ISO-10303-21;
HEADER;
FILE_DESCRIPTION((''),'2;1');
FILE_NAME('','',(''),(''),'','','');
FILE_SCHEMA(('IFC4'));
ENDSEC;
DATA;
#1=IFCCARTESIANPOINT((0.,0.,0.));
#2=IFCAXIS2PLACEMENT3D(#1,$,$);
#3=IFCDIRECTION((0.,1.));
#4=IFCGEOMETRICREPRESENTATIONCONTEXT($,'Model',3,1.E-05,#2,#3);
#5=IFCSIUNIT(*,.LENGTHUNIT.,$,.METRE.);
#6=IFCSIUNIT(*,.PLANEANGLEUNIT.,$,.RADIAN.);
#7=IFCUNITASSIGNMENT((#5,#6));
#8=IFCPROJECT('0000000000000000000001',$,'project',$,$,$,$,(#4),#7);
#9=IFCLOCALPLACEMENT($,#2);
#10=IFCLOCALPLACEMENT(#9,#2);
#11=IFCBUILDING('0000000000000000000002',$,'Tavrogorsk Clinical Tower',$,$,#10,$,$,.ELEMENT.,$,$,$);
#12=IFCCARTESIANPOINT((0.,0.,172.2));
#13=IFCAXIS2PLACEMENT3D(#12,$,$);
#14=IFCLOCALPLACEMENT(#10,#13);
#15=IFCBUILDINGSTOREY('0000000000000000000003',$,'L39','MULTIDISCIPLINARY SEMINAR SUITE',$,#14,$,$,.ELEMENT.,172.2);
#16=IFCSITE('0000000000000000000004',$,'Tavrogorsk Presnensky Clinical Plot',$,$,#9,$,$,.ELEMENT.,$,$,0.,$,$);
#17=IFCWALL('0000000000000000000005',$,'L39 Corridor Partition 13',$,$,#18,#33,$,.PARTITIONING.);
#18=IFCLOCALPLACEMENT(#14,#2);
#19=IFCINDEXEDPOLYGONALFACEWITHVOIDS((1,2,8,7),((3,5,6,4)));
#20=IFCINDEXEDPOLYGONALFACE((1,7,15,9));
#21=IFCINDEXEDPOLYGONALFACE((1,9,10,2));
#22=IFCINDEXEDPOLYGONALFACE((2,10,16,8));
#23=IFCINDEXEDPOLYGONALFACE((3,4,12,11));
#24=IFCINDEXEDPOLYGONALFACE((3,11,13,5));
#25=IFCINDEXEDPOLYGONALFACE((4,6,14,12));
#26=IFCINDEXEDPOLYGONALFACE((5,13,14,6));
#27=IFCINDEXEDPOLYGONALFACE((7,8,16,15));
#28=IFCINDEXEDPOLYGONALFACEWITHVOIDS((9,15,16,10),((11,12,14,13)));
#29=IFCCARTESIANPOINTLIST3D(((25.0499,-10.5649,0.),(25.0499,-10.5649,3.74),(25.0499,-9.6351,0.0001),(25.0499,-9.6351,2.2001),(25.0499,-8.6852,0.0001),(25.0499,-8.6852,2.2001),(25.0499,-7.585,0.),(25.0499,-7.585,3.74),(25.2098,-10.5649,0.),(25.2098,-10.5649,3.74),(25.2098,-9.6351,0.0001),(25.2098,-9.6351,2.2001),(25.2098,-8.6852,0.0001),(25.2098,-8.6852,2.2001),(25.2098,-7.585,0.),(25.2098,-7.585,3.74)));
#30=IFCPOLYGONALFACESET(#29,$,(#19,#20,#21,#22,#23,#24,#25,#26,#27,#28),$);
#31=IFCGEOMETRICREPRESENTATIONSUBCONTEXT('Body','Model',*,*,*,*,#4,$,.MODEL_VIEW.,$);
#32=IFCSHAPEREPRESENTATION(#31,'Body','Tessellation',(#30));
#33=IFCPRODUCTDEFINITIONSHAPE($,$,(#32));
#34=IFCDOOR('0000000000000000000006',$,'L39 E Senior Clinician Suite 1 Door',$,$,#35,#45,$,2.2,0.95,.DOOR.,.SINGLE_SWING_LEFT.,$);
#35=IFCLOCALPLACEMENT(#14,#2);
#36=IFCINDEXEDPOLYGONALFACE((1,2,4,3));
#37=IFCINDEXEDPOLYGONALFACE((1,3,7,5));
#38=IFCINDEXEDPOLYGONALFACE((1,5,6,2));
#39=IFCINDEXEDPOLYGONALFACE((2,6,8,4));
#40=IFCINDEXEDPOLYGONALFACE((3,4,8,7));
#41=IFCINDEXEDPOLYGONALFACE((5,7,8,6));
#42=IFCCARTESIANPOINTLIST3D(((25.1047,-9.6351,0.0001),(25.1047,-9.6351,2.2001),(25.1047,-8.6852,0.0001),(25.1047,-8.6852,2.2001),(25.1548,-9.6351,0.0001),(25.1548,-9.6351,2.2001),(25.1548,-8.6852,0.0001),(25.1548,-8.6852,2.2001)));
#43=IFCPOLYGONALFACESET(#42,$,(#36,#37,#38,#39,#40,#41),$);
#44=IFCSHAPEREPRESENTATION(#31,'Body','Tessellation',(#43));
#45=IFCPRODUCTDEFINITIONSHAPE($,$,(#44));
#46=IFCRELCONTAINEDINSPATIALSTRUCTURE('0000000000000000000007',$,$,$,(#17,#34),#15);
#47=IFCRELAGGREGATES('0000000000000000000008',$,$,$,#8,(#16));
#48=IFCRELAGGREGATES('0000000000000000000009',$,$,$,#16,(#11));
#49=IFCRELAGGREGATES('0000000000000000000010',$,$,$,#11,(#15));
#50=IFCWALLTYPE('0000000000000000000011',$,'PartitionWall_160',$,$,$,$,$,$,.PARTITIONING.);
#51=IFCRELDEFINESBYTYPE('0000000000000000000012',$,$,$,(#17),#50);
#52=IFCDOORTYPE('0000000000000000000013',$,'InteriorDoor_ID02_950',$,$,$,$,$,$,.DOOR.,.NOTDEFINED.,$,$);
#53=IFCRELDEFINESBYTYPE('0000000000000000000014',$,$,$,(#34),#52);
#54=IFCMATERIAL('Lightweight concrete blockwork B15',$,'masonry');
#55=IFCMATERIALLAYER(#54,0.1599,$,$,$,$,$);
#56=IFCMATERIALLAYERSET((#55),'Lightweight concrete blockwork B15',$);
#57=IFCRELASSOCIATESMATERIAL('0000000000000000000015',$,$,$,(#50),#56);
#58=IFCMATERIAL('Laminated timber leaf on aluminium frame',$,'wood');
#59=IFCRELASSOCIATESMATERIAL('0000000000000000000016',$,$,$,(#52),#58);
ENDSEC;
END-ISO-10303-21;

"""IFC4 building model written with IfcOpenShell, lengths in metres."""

from ifc_helpers import new_model, si_unit, direction, frame, frame_2d, origin, place, context, subcontext, project, spatial, rectangle, extrude, material, layer, layer_set, type_object, element, fill, save


model = new_model("IFC4")

# Units and contexts
model_context = context("Model", 3, precision=1e-05, world=origin(), true_north=direction((0.0, 1.0)))
body_context = subcontext(model_context, "Body", "Model", "MODEL_VIEW")
ifc_project = project(units=[si_unit("LENGTHUNIT", "METRE"), si_unit("PLANEANGLEUNIT", "RADIAN")], contexts=[model_context])

# Site, building, storey
site_placement = place(None, origin())
site = spatial("IfcSite", under=ifc_project, at=site_placement, Name="Tavrogorsk Presnensky Clinical Plot", CompositionType="ELEMENT", RefElevation=0.0)
building_placement = place(site_placement, origin())
building = spatial("IfcBuilding", under=site, at=building_placement, Name="Tavrogorsk Clinical Tower", CompositionType="ELEMENT")
storey_placement = place(building_placement, frame((0.0, 0.0, 172.2)))
storey = spatial("IfcBuildingStorey", under=building, at=storey_placement, Name="L39", Description="MULTIDISCIPLINARY SEMINAR SUITE", CompositionType="ELEMENT", Elevation=172.2)

# Wall, opening, door
ifc_material_1 = material(Name="Lightweight concrete blockwork B15", Category="masonry")
ifc_layer = layer(ifc_material_1, 0.1599)
ifc_layer_set = layer_set([ifc_layer], Name="Lightweight concrete blockwork B15")
wall_type = type_object("IfcWallType", Name="PartitionWall_160", PredefinedType="PARTITIONING", material=ifc_layer_set)
wall_1_placement = place(storey_placement, frame((25.1299, -7.585, 0.0), z_axis=(0.0, 0.0, 1.0), x_axis=(0.0, -1.0, 0.0)))
wall_1 = element("IfcWall", 1, at=wall_1_placement, inside=storey, type_object=wall_type, Name="L39 Corridor Partition 13", PredefinedType="PARTITIONING", context=body_context, shape_type="SweptSolid", body=[
    extrude(rectangle(XDim=2.98, YDim=0.1599, at=frame_2d((1.49, 0.0))), origin(), (0.0, 0.0, 1.0), 3.74),
])
opening_1_placement = place(wall_1_placement, frame((1.1001, 0.0, 0.0)))
opening_1 = element("IfcOpeningElement", 2, at=opening_1_placement, cuts=wall_1, PredefinedType="OPENING", context=body_context, shape_type="SweptSolid", body=[
    extrude(rectangle(XDim=0.95, YDim=2.2, at=frame_2d((0.4751, 1.1001))), frame((0.0, 0.0898, 0.0), z_axis=(0.0, -1.0, 0.0), x_axis=(1.0, 0.0, 0.0)), (0.0, 0.0, 1.0), 0.1799),
])
ifc_material_2 = material(Name="Laminated timber leaf on aluminium frame", Category="wood")
door_type_1 = type_object("IfcDoorType", Name="InteriorDoor_ID02_950", OperationType="NOTDEFINED", PredefinedType="DOOR", material=ifc_material_2)
door_1_placement = place(opening_1_placement, origin())
door_1 = element("IfcDoor", 3, at=door_1_placement, inside=storey, type_object=door_type_1, Name="L39 E Senior Clinician Suite 1 Door", OperationType="SINGLE_SWING_LEFT", OverallHeight=2.2, OverallWidth=0.95, PredefinedType="DOOR", context=body_context, shape_type="SweptSolid", body=[
    extrude(rectangle(XDim=0.95, YDim=2.2, at=frame_2d((0.4751, 1.1001))), frame((0.0, 0.0249, 0.0), z_axis=(0.0, -1.0, 0.0), x_axis=(1.0, 0.0, 0.0)), (0.0, 0.0, 1.0), 0.05),
])
fill(opening_1, door_1)

save(model, "model.ifc")
